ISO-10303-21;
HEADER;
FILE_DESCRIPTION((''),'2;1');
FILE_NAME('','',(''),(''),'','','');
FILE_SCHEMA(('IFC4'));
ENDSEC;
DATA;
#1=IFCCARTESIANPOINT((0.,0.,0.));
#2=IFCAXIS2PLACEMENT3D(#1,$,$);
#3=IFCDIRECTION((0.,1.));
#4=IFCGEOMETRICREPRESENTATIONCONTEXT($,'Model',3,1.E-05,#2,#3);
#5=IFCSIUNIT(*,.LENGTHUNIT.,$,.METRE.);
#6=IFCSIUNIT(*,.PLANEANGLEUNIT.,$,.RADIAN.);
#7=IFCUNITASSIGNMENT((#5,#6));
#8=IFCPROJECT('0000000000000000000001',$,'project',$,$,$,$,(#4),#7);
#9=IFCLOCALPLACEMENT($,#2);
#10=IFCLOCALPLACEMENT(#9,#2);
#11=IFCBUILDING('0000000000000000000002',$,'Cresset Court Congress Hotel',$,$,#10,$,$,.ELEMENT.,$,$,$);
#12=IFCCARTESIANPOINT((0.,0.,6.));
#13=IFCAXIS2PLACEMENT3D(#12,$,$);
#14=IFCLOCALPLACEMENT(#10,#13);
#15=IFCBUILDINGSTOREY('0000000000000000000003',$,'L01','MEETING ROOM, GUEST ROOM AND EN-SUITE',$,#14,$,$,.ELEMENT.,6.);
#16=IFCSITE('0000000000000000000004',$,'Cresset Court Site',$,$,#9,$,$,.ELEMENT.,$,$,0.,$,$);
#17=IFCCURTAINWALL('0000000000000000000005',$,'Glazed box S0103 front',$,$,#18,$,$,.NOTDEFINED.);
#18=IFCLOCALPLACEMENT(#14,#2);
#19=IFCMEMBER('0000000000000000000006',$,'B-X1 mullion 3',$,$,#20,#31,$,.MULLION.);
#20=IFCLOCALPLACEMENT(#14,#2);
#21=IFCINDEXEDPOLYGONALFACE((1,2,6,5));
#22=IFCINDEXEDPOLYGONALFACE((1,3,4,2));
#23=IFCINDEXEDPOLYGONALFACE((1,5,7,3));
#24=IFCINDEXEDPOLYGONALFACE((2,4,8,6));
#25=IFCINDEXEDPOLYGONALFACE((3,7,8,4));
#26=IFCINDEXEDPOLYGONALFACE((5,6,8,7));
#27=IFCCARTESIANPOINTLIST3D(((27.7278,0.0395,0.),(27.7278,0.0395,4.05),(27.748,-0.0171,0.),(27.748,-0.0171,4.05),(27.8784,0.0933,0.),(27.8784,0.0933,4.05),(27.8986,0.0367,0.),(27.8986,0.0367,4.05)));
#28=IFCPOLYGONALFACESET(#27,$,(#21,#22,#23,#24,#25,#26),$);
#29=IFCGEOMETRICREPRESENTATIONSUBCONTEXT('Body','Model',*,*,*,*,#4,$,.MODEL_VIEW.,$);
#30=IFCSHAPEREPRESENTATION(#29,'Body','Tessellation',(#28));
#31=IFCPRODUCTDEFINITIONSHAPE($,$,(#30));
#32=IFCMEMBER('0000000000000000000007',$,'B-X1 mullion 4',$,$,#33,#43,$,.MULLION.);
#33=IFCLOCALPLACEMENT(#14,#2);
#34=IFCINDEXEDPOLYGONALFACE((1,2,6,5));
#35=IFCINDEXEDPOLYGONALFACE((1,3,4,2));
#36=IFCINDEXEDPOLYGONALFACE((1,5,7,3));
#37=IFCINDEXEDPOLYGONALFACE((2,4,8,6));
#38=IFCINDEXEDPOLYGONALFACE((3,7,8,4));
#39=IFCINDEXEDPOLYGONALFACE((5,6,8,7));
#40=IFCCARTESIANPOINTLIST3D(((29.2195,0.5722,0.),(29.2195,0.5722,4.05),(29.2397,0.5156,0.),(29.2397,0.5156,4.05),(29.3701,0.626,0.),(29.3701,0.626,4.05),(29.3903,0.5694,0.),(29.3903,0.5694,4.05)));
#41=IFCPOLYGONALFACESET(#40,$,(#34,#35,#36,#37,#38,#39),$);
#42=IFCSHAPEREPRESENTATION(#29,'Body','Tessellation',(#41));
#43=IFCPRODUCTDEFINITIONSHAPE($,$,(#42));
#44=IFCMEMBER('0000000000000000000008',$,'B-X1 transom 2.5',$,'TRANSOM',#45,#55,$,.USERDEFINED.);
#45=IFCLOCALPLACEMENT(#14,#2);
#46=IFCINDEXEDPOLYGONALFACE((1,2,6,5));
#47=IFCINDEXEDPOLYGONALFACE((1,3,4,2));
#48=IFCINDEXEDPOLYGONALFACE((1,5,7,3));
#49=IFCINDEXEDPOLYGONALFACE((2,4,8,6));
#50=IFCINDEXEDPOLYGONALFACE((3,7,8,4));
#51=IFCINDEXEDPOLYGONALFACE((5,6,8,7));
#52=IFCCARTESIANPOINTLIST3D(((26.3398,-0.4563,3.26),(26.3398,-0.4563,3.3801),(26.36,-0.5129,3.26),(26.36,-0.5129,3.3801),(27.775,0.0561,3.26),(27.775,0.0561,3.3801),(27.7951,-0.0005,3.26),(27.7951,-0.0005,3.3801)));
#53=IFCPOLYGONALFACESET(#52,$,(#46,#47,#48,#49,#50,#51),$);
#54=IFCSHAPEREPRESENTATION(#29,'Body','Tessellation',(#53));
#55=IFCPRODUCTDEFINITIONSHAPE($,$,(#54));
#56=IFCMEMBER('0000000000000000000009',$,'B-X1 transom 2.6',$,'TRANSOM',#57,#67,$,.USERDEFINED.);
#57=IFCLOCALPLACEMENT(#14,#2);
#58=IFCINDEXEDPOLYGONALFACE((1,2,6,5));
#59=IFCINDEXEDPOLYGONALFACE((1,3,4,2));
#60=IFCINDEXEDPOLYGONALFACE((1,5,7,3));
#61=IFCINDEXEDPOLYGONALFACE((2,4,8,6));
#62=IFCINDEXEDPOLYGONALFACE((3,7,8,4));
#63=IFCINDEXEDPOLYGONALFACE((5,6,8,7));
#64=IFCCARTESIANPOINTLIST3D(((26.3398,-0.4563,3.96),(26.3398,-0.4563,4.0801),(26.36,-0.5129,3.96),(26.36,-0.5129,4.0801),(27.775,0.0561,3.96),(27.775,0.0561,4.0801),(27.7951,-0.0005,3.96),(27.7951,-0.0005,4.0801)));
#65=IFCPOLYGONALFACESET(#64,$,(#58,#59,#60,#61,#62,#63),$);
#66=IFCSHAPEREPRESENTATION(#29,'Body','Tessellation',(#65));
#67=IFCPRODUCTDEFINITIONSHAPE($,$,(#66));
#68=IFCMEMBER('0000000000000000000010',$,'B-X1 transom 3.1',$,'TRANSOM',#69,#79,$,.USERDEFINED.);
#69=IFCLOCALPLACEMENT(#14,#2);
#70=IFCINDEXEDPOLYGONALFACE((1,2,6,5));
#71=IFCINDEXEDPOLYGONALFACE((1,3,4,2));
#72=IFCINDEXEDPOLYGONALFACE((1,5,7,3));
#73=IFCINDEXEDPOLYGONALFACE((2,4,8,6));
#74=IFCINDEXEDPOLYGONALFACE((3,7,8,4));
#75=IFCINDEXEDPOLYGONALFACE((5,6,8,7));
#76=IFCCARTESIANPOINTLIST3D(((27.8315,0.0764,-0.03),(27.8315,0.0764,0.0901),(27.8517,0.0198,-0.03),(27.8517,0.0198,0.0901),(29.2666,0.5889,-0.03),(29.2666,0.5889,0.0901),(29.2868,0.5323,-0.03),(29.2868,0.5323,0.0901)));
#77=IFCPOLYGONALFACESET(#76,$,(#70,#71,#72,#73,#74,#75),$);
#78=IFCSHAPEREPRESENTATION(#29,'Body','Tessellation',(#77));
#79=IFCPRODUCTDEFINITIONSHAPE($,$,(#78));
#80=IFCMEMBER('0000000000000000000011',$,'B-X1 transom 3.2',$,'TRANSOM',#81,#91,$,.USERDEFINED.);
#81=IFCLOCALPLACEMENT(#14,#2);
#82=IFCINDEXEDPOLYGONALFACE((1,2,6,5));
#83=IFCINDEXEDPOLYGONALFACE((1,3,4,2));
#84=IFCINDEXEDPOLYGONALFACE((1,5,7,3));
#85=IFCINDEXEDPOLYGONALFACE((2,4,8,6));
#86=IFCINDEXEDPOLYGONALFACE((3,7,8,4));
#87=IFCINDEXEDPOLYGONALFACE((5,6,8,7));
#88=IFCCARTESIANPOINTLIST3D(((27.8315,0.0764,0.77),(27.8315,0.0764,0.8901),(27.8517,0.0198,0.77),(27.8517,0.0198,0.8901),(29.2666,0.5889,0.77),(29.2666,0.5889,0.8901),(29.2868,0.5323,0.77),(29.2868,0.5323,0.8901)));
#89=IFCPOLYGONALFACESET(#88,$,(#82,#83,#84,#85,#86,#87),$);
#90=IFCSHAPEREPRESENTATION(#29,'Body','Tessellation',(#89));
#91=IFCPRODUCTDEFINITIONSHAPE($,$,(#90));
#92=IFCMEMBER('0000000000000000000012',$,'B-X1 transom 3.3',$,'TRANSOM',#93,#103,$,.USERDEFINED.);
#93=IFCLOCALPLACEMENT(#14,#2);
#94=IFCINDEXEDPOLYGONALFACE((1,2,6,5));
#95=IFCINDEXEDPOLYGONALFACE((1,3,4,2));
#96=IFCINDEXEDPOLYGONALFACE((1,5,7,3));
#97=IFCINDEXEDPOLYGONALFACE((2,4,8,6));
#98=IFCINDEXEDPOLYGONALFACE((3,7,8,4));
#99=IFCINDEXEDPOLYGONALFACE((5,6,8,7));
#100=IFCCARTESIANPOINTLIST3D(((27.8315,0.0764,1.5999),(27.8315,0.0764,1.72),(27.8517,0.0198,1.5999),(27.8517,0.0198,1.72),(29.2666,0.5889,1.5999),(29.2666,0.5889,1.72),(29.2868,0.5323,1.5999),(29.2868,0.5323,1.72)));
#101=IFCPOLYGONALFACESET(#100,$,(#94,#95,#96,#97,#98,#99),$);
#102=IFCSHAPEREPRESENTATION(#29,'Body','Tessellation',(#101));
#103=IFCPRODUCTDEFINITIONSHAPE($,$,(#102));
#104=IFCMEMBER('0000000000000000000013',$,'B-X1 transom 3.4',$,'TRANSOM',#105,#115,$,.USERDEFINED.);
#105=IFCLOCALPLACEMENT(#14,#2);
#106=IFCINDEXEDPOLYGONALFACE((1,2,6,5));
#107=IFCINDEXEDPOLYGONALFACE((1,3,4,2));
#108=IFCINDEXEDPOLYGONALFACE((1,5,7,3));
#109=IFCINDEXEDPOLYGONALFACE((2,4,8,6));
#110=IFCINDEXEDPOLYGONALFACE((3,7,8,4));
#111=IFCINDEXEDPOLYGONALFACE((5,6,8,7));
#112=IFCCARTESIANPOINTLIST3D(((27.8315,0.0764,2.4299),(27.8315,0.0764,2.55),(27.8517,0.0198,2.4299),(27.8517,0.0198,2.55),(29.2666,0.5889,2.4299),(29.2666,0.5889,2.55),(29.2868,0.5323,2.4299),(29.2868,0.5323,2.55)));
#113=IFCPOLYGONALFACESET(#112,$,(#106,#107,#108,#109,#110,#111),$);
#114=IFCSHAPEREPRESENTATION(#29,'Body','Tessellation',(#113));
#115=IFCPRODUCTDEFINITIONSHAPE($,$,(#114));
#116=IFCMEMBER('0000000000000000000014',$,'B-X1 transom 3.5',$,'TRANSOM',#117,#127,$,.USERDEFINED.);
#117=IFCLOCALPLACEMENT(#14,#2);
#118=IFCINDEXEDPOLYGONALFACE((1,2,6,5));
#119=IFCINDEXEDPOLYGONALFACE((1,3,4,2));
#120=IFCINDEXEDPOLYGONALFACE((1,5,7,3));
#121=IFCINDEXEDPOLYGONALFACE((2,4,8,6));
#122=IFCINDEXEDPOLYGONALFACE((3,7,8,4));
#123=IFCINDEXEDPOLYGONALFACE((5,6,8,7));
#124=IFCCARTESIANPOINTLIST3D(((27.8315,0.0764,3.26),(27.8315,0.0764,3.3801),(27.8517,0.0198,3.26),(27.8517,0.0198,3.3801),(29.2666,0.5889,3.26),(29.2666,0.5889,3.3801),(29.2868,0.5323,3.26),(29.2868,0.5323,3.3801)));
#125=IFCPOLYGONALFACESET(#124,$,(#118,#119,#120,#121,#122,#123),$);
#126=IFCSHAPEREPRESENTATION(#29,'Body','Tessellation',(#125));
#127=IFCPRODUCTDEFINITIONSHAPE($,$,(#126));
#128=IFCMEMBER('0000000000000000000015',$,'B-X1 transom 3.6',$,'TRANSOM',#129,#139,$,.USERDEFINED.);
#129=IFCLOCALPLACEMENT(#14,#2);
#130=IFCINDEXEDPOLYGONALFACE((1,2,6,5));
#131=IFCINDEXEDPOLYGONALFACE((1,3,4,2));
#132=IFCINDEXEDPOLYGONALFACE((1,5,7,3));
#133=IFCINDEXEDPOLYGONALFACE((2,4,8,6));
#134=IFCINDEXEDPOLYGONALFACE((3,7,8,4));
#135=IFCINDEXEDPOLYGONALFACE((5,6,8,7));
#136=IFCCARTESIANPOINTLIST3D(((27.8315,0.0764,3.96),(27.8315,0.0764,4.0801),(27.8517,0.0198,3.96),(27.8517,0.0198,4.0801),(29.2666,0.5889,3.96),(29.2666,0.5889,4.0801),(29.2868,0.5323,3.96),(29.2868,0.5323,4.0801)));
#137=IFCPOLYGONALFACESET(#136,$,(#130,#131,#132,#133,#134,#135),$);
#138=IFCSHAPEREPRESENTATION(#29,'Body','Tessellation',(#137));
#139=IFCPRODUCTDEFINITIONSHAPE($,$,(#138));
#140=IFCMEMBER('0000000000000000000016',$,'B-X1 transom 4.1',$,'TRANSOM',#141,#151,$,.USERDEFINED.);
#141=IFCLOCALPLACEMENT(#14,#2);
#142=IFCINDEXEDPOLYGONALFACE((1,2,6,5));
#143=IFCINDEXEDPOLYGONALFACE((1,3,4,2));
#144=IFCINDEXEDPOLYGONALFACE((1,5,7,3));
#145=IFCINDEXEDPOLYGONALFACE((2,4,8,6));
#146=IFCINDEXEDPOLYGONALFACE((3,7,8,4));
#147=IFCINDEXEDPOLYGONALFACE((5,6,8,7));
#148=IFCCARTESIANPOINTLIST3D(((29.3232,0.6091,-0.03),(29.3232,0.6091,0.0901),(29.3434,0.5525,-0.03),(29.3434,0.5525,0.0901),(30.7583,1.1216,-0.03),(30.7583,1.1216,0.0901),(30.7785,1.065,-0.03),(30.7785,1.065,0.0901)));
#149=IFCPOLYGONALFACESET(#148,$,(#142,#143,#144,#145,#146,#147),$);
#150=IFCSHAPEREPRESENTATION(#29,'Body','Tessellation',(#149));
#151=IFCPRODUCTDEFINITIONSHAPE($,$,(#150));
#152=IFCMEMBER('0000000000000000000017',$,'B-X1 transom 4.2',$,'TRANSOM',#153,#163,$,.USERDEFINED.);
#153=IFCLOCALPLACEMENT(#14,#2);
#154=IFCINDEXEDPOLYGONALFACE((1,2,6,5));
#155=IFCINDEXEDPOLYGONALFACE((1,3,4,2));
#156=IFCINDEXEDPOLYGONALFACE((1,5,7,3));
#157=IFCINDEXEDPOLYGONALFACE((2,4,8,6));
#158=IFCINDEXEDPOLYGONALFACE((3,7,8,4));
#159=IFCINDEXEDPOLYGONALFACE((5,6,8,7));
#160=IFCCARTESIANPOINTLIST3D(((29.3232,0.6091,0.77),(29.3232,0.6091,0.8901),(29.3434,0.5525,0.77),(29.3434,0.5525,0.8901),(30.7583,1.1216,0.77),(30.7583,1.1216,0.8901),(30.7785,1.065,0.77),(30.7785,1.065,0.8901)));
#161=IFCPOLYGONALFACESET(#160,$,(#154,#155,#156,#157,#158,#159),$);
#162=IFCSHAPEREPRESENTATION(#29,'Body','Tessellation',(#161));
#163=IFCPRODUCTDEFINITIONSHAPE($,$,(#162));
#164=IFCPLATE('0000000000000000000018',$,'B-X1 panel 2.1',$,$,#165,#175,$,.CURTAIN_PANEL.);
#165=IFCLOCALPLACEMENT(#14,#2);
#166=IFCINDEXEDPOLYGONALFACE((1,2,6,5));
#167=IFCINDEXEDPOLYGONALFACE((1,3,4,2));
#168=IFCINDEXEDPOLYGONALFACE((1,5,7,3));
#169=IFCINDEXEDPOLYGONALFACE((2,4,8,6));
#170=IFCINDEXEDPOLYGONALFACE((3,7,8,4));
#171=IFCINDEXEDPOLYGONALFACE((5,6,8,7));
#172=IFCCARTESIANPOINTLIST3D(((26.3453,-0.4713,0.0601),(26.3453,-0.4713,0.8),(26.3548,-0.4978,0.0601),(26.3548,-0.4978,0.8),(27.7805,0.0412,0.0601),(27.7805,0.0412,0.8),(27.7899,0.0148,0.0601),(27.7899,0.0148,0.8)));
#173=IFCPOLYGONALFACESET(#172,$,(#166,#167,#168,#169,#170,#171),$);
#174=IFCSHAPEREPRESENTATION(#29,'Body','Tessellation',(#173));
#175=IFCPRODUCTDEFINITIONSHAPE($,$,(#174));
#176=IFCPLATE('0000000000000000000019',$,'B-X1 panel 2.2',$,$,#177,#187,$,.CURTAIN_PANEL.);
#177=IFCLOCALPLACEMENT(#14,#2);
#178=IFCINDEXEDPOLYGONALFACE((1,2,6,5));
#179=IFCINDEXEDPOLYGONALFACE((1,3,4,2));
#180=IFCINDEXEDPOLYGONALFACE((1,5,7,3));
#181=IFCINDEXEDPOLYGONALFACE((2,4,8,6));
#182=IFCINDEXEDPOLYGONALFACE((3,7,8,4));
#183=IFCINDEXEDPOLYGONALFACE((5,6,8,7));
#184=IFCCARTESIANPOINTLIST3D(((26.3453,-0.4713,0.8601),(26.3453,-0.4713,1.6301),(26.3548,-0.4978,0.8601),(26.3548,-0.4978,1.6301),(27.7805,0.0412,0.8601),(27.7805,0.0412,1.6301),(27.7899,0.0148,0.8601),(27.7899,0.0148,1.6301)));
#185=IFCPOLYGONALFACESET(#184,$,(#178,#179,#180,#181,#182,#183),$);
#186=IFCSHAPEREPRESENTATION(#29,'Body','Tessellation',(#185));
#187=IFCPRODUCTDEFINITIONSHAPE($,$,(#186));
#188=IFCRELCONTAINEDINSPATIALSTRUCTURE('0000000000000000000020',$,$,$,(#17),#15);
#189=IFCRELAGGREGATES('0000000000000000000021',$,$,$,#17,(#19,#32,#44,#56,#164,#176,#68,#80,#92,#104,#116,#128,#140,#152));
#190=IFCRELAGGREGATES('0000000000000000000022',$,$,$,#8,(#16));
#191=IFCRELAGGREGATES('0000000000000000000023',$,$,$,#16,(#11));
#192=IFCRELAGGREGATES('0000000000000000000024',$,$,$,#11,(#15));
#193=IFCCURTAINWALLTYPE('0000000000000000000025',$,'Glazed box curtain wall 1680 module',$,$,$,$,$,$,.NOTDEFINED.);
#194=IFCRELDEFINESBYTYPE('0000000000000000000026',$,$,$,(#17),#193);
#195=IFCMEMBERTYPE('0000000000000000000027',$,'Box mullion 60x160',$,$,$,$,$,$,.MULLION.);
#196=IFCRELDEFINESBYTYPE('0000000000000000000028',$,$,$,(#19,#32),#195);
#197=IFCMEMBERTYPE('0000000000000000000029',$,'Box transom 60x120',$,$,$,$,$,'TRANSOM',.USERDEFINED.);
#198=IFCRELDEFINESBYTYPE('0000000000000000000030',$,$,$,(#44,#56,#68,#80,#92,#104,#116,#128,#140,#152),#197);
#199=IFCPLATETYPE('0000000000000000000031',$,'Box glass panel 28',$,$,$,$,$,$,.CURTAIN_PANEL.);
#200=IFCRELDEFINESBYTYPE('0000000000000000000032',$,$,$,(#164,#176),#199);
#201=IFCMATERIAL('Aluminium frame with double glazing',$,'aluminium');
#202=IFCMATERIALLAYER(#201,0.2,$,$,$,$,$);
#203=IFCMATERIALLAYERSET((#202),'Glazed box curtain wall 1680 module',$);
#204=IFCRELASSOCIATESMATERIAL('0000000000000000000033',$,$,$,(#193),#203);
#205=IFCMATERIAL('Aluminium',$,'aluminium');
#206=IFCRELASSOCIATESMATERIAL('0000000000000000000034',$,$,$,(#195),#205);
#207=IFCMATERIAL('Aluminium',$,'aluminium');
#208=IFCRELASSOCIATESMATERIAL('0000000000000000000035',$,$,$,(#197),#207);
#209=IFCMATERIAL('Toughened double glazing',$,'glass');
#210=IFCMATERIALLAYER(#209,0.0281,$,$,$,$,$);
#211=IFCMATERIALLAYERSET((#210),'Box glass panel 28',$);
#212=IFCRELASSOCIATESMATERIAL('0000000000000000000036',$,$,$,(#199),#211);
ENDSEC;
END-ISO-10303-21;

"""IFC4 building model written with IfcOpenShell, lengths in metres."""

from ifc_helpers import new_model, si_unit, direction, frame, origin, origin_2d, place, context, subcontext, project, spatial, rectangle, extrude, material, layer, layer_set, material_profile, profile_set, type_object, element, aggregate, save


model = new_model("IFC4")

# Units and contexts
model_context = context("Model", 3, precision=1e-05, world=origin(), true_north=direction((0.0, 1.0)))
body_context = subcontext(model_context, "Body", "Model", "MODEL_VIEW")
ifc_project = project(units=[si_unit("LENGTHUNIT", "METRE"), si_unit("PLANEANGLEUNIT", "RADIAN")], contexts=[model_context])

# Site, building, storey
site_placement = place(None, origin())
site = spatial("IfcSite", under=ifc_project, at=site_placement, Name="Cresset Court Site", CompositionType="ELEMENT", RefElevation=0.0)
building_placement = place(site_placement, origin())
building = spatial("IfcBuilding", under=site, at=building_placement, Name="Cresset Court Congress Hotel", CompositionType="ELEMENT")
storey_placement = place(building_placement, frame((0.0, 0.0, 6.0)))
storey = spatial("IfcBuildingStorey", under=building, at=storey_placement, Name="L01", Description="MEETING ROOM, GUEST ROOM AND EN-SUITE", CompositionType="ELEMENT", Elevation=6.0)

# Curtain wall, members, plates
ifc_material_1 = material(Name="Aluminium frame with double glazing", Category="aluminium")
ifc_layer_1 = layer(ifc_material_1, 0.2)
ifc_layer_set_1 = layer_set([ifc_layer_1], Name="Glazed box curtain wall 1680 module")
curtain_wall_type = type_object("IfcCurtainWallType", Name="Glazed box curtain wall 1680 module", PredefinedType="NOTDEFINED", material=ifc_layer_set_1)
curtain_wall_placement = place(storey_placement, origin())
curtain_wall = element("IfcCurtainWall", 1, at=curtain_wall_placement, inside=storey, type_object=curtain_wall_type, Name="Glazed box S0103 front", PredefinedType="NOTDEFINED")
ifc_material_2 = material(Name="Aluminium", Category="aluminium")
ifc_material_profile_1 = material_profile(ifc_material_2, rectangle(XDim=0.0601, YDim=0.1599, at=origin_2d()), Name="Box mullion 60x160")
ifc_profile_set_1 = profile_set([ifc_material_profile_1], Name="Aluminium")
member_type_1 = type_object("IfcMemberType", Name="Box mullion 60x160", PredefinedType="MULLION", material=ifc_profile_set_1)
member_1_placement = place(storey_placement, frame((27.8132, 0.0381, 0.0), z_axis=(0.0, 0.0, 1.0), x_axis=(-0.336336, 0.941742, 0.0)))
member_1 = element("IfcMember", 2, at=member_1_placement, type_object=member_type_1, Name="B-X1 mullion 3", PredefinedType="MULLION", context=body_context, shape_type="SweptSolid", body=[
    extrude(rectangle(XDim=0.0601, YDim=0.1599, at=origin_2d()), origin(), (0.0, 0.0, 1.0), 4.05),
])
member_2_placement = place(storey_placement, frame((29.3049, 0.5708, 0.0), z_axis=(0.0, 0.0, 1.0), x_axis=(-0.336336, 0.941742, 0.0)))
member_2 = element("IfcMember", 3, at=member_2_placement, type_object=member_type_1, Name="B-X1 mullion 4", PredefinedType="MULLION", context=body_context, shape_type="SweptSolid", body=[
    extrude(rectangle(XDim=0.0601, YDim=0.1599, at=origin_2d()), origin(), (0.0, 0.0, 1.0), 4.05),
])
ifc_material_3 = material(Name="Aluminium", Category="aluminium")
ifc_material_profile_2 = material_profile(ifc_material_3, rectangle(XDim=0.0601, YDim=0.1201, at=origin_2d()), Name="Box transom 60x120")
ifc_profile_set_2 = profile_set([ifc_material_profile_2], Name="Aluminium")
member_type_2 = type_object("IfcMemberType", Name="Box transom 60x120", ElementType="TRANSOM", PredefinedType="USERDEFINED", material=ifc_profile_set_2)
member_3_placement = place(storey_placement, frame((26.3499, -0.4846, 3.3201), z_axis=(0.941775, 0.336245, 0.0), x_axis=(-0.336245, 0.941775, 0.0)))
member_3 = element("IfcMember", 4, at=member_3_placement, type_object=member_type_2, Name="B-X1 transom 2.5", ObjectType="TRANSOM", PredefinedType="USERDEFINED", context=body_context, shape_type="SweptSolid", body=[
    extrude(rectangle(XDim=0.0601, YDim=0.1201, at=origin_2d()), origin(), (0.0, 0.0, 1.0), 1.5239),
])
member_4_placement = place(storey_placement, frame((26.3499, -0.4846, 4.02), z_axis=(0.941775, 0.336245, 0.0), x_axis=(-0.336245, 0.941775, 0.0)))
member_4 = element("IfcMember", 5, at=member_4_placement, type_object=member_type_2, Name="B-X1 transom 2.6", ObjectType="TRANSOM", PredefinedType="USERDEFINED", context=body_context, shape_type="SweptSolid", body=[
    extrude(rectangle(XDim=0.0601, YDim=0.1201, at=origin_2d()), origin(), (0.0, 0.0, 1.0), 1.5239),
])
member_5_placement = place(storey_placement, frame((27.8416, 0.0481, 0.03), z_axis=(0.941756, 0.336296, 0.0), x_axis=(-0.336296, 0.941756, 0.0)))
member_5 = element("IfcMember", 6, at=member_5_placement, type_object=member_type_2, Name="B-X1 transom 3.1", ObjectType="TRANSOM", PredefinedType="USERDEFINED", context=body_context, shape_type="SweptSolid", body=[
    extrude(rectangle(XDim=0.0601, YDim=0.1201, at=origin_2d()), origin(), (0.0, 0.0, 1.0), 1.5239),
])
member_6_placement = place(storey_placement, frame((27.8416, 0.0481, 0.8301), z_axis=(0.941756, 0.336296, 0.0), x_axis=(-0.336296, 0.941756, 0.0)))
member_6 = element("IfcMember", 7, at=member_6_placement, type_object=member_type_2, Name="B-X1 transom 3.2", ObjectType="TRANSOM", PredefinedType="USERDEFINED", context=body_context, shape_type="SweptSolid", body=[
    extrude(rectangle(XDim=0.0601, YDim=0.1201, at=origin_2d()), origin(), (0.0, 0.0, 1.0), 1.5239),
])
member_7_placement = place(storey_placement, frame((27.8416, 0.0481, 1.6599), z_axis=(0.941756, 0.336296, 0.0), x_axis=(-0.336296, 0.941756, 0.0)))
member_7 = element("IfcMember", 8, at=member_7_placement, type_object=member_type_2, Name="B-X1 transom 3.3", ObjectType="TRANSOM", PredefinedType="USERDEFINED", context=body_context, shape_type="SweptSolid", body=[
    extrude(rectangle(XDim=0.0601, YDim=0.1201, at=origin_2d()), origin(), (0.0, 0.0, 1.0), 1.5239),
])
member_8_placement = place(storey_placement, frame((27.8416, 0.0481, 2.49), z_axis=(0.941756, 0.336296, 0.0), x_axis=(-0.336296, 0.941756, 0.0)))
member_8 = element("IfcMember", 9, at=member_8_placement, type_object=member_type_2, Name="B-X1 transom 3.4", ObjectType="TRANSOM", PredefinedType="USERDEFINED", context=body_context, shape_type="SweptSolid", body=[
    extrude(rectangle(XDim=0.0601, YDim=0.1201, at=origin_2d()), origin(), (0.0, 0.0, 1.0), 1.5239),
])
member_9_placement = place(storey_placement, frame((27.8416, 0.0481, 3.3201), z_axis=(0.941756, 0.336296, 0.0), x_axis=(-0.336296, 0.941756, 0.0)))
member_9 = element("IfcMember", 10, at=member_9_placement, type_object=member_type_2, Name="B-X1 transom 3.5", ObjectType="TRANSOM", PredefinedType="USERDEFINED", context=body_context, shape_type="SweptSolid", body=[
    extrude(rectangle(XDim=0.0601, YDim=0.1201, at=origin_2d()), origin(), (0.0, 0.0, 1.0), 1.5239),
])
member_10_placement = place(storey_placement, frame((27.8416, 0.0481, 4.02), z_axis=(0.941756, 0.336296, 0.0), x_axis=(-0.336296, 0.941756, 0.0)))
member_10 = element("IfcMember", 11, at=member_10_placement, type_object=member_type_2, Name="B-X1 transom 3.6", ObjectType="TRANSOM", PredefinedType="USERDEFINED", context=body_context, shape_type="SweptSolid", body=[
    extrude(rectangle(XDim=0.0601, YDim=0.1201, at=origin_2d()), origin(), (0.0, 0.0, 1.0), 1.5239),
])
member_11_placement = place(storey_placement, frame((29.3333, 0.5808, 0.03), z_axis=(0.941756, 0.336296, 0.0), x_axis=(-0.336296, 0.941756, 0.0)))
member_11 = element("IfcMember", 12, at=member_11_placement, type_object=member_type_2, Name="B-X1 transom 4.1", ObjectType="TRANSOM", PredefinedType="USERDEFINED", context=body_context, shape_type="SweptSolid", body=[
    extrude(rectangle(XDim=0.0601, YDim=0.1201, at=origin_2d()), origin(), (0.0, 0.0, 1.0), 1.5239),
])
member_12_placement = place(storey_placement, frame((29.3333, 0.5808, 0.8301), z_axis=(0.941756, 0.336296, 0.0), x_axis=(-0.336296, 0.941756, 0.0)))
member_12 = element("IfcMember", 13, at=member_12_placement, type_object=member_type_2, Name="B-X1 transom 4.2", ObjectType="TRANSOM", PredefinedType="USERDEFINED", context=body_context, shape_type="SweptSolid", body=[
    extrude(rectangle(XDim=0.0601, YDim=0.1201, at=origin_2d()), origin(), (0.0, 0.0, 1.0), 1.5239),
])
ifc_material_4 = material(Name="Toughened double glazing", Category="glass")
ifc_layer_2 = layer(ifc_material_4, 0.0281)
ifc_layer_set_2 = layer_set([ifc_layer_2], Name="Box glass panel 28")
plate_type_1 = type_object("IfcPlateType", Name="Box glass panel 28", PredefinedType="CURTAIN_PANEL", material=ifc_layer_set_2)
plate_1_placement = place(storey_placement, frame((27.0676, -0.2283, 0.0601), z_axis=(0.0, 0.0, 1.0), x_axis=(0.941742, 0.336336, 0.0)))
plate_1 = element("IfcPlate", 14, at=plate_1_placement, type_object=plate_type_1, Name="B-X1 panel 2.1", PredefinedType="CURTAIN_PANEL", context=body_context, shape_type="SweptSolid", body=[
    extrude(rectangle(XDim=1.5239, YDim=0.0281, at=origin_2d()), origin(), (0.0, 0.0, 1.0), 0.74),
])
plate_2_placement = place(storey_placement, frame((27.0676, -0.2283, 0.8601), z_axis=(0.0, 0.0, 1.0), x_axis=(0.941742, 0.336336, 0.0)))
plate_2 = element("IfcPlate", 15, at=plate_2_placement, type_object=plate_type_1, Name="B-X1 panel 2.2", PredefinedType="CURTAIN_PANEL", context=body_context, shape_type="SweptSolid", body=[
    extrude(rectangle(XDim=1.5239, YDim=0.0281, at=origin_2d()), origin(), (0.0, 0.0, 1.0), 0.77),
])
aggregate(curtain_wall, [member_1, member_2, member_3, member_4, plate_1, plate_2, member_5, member_6, member_7, member_8, member_9, member_10, member_11, member_12])

save(model, "model.ifc")
